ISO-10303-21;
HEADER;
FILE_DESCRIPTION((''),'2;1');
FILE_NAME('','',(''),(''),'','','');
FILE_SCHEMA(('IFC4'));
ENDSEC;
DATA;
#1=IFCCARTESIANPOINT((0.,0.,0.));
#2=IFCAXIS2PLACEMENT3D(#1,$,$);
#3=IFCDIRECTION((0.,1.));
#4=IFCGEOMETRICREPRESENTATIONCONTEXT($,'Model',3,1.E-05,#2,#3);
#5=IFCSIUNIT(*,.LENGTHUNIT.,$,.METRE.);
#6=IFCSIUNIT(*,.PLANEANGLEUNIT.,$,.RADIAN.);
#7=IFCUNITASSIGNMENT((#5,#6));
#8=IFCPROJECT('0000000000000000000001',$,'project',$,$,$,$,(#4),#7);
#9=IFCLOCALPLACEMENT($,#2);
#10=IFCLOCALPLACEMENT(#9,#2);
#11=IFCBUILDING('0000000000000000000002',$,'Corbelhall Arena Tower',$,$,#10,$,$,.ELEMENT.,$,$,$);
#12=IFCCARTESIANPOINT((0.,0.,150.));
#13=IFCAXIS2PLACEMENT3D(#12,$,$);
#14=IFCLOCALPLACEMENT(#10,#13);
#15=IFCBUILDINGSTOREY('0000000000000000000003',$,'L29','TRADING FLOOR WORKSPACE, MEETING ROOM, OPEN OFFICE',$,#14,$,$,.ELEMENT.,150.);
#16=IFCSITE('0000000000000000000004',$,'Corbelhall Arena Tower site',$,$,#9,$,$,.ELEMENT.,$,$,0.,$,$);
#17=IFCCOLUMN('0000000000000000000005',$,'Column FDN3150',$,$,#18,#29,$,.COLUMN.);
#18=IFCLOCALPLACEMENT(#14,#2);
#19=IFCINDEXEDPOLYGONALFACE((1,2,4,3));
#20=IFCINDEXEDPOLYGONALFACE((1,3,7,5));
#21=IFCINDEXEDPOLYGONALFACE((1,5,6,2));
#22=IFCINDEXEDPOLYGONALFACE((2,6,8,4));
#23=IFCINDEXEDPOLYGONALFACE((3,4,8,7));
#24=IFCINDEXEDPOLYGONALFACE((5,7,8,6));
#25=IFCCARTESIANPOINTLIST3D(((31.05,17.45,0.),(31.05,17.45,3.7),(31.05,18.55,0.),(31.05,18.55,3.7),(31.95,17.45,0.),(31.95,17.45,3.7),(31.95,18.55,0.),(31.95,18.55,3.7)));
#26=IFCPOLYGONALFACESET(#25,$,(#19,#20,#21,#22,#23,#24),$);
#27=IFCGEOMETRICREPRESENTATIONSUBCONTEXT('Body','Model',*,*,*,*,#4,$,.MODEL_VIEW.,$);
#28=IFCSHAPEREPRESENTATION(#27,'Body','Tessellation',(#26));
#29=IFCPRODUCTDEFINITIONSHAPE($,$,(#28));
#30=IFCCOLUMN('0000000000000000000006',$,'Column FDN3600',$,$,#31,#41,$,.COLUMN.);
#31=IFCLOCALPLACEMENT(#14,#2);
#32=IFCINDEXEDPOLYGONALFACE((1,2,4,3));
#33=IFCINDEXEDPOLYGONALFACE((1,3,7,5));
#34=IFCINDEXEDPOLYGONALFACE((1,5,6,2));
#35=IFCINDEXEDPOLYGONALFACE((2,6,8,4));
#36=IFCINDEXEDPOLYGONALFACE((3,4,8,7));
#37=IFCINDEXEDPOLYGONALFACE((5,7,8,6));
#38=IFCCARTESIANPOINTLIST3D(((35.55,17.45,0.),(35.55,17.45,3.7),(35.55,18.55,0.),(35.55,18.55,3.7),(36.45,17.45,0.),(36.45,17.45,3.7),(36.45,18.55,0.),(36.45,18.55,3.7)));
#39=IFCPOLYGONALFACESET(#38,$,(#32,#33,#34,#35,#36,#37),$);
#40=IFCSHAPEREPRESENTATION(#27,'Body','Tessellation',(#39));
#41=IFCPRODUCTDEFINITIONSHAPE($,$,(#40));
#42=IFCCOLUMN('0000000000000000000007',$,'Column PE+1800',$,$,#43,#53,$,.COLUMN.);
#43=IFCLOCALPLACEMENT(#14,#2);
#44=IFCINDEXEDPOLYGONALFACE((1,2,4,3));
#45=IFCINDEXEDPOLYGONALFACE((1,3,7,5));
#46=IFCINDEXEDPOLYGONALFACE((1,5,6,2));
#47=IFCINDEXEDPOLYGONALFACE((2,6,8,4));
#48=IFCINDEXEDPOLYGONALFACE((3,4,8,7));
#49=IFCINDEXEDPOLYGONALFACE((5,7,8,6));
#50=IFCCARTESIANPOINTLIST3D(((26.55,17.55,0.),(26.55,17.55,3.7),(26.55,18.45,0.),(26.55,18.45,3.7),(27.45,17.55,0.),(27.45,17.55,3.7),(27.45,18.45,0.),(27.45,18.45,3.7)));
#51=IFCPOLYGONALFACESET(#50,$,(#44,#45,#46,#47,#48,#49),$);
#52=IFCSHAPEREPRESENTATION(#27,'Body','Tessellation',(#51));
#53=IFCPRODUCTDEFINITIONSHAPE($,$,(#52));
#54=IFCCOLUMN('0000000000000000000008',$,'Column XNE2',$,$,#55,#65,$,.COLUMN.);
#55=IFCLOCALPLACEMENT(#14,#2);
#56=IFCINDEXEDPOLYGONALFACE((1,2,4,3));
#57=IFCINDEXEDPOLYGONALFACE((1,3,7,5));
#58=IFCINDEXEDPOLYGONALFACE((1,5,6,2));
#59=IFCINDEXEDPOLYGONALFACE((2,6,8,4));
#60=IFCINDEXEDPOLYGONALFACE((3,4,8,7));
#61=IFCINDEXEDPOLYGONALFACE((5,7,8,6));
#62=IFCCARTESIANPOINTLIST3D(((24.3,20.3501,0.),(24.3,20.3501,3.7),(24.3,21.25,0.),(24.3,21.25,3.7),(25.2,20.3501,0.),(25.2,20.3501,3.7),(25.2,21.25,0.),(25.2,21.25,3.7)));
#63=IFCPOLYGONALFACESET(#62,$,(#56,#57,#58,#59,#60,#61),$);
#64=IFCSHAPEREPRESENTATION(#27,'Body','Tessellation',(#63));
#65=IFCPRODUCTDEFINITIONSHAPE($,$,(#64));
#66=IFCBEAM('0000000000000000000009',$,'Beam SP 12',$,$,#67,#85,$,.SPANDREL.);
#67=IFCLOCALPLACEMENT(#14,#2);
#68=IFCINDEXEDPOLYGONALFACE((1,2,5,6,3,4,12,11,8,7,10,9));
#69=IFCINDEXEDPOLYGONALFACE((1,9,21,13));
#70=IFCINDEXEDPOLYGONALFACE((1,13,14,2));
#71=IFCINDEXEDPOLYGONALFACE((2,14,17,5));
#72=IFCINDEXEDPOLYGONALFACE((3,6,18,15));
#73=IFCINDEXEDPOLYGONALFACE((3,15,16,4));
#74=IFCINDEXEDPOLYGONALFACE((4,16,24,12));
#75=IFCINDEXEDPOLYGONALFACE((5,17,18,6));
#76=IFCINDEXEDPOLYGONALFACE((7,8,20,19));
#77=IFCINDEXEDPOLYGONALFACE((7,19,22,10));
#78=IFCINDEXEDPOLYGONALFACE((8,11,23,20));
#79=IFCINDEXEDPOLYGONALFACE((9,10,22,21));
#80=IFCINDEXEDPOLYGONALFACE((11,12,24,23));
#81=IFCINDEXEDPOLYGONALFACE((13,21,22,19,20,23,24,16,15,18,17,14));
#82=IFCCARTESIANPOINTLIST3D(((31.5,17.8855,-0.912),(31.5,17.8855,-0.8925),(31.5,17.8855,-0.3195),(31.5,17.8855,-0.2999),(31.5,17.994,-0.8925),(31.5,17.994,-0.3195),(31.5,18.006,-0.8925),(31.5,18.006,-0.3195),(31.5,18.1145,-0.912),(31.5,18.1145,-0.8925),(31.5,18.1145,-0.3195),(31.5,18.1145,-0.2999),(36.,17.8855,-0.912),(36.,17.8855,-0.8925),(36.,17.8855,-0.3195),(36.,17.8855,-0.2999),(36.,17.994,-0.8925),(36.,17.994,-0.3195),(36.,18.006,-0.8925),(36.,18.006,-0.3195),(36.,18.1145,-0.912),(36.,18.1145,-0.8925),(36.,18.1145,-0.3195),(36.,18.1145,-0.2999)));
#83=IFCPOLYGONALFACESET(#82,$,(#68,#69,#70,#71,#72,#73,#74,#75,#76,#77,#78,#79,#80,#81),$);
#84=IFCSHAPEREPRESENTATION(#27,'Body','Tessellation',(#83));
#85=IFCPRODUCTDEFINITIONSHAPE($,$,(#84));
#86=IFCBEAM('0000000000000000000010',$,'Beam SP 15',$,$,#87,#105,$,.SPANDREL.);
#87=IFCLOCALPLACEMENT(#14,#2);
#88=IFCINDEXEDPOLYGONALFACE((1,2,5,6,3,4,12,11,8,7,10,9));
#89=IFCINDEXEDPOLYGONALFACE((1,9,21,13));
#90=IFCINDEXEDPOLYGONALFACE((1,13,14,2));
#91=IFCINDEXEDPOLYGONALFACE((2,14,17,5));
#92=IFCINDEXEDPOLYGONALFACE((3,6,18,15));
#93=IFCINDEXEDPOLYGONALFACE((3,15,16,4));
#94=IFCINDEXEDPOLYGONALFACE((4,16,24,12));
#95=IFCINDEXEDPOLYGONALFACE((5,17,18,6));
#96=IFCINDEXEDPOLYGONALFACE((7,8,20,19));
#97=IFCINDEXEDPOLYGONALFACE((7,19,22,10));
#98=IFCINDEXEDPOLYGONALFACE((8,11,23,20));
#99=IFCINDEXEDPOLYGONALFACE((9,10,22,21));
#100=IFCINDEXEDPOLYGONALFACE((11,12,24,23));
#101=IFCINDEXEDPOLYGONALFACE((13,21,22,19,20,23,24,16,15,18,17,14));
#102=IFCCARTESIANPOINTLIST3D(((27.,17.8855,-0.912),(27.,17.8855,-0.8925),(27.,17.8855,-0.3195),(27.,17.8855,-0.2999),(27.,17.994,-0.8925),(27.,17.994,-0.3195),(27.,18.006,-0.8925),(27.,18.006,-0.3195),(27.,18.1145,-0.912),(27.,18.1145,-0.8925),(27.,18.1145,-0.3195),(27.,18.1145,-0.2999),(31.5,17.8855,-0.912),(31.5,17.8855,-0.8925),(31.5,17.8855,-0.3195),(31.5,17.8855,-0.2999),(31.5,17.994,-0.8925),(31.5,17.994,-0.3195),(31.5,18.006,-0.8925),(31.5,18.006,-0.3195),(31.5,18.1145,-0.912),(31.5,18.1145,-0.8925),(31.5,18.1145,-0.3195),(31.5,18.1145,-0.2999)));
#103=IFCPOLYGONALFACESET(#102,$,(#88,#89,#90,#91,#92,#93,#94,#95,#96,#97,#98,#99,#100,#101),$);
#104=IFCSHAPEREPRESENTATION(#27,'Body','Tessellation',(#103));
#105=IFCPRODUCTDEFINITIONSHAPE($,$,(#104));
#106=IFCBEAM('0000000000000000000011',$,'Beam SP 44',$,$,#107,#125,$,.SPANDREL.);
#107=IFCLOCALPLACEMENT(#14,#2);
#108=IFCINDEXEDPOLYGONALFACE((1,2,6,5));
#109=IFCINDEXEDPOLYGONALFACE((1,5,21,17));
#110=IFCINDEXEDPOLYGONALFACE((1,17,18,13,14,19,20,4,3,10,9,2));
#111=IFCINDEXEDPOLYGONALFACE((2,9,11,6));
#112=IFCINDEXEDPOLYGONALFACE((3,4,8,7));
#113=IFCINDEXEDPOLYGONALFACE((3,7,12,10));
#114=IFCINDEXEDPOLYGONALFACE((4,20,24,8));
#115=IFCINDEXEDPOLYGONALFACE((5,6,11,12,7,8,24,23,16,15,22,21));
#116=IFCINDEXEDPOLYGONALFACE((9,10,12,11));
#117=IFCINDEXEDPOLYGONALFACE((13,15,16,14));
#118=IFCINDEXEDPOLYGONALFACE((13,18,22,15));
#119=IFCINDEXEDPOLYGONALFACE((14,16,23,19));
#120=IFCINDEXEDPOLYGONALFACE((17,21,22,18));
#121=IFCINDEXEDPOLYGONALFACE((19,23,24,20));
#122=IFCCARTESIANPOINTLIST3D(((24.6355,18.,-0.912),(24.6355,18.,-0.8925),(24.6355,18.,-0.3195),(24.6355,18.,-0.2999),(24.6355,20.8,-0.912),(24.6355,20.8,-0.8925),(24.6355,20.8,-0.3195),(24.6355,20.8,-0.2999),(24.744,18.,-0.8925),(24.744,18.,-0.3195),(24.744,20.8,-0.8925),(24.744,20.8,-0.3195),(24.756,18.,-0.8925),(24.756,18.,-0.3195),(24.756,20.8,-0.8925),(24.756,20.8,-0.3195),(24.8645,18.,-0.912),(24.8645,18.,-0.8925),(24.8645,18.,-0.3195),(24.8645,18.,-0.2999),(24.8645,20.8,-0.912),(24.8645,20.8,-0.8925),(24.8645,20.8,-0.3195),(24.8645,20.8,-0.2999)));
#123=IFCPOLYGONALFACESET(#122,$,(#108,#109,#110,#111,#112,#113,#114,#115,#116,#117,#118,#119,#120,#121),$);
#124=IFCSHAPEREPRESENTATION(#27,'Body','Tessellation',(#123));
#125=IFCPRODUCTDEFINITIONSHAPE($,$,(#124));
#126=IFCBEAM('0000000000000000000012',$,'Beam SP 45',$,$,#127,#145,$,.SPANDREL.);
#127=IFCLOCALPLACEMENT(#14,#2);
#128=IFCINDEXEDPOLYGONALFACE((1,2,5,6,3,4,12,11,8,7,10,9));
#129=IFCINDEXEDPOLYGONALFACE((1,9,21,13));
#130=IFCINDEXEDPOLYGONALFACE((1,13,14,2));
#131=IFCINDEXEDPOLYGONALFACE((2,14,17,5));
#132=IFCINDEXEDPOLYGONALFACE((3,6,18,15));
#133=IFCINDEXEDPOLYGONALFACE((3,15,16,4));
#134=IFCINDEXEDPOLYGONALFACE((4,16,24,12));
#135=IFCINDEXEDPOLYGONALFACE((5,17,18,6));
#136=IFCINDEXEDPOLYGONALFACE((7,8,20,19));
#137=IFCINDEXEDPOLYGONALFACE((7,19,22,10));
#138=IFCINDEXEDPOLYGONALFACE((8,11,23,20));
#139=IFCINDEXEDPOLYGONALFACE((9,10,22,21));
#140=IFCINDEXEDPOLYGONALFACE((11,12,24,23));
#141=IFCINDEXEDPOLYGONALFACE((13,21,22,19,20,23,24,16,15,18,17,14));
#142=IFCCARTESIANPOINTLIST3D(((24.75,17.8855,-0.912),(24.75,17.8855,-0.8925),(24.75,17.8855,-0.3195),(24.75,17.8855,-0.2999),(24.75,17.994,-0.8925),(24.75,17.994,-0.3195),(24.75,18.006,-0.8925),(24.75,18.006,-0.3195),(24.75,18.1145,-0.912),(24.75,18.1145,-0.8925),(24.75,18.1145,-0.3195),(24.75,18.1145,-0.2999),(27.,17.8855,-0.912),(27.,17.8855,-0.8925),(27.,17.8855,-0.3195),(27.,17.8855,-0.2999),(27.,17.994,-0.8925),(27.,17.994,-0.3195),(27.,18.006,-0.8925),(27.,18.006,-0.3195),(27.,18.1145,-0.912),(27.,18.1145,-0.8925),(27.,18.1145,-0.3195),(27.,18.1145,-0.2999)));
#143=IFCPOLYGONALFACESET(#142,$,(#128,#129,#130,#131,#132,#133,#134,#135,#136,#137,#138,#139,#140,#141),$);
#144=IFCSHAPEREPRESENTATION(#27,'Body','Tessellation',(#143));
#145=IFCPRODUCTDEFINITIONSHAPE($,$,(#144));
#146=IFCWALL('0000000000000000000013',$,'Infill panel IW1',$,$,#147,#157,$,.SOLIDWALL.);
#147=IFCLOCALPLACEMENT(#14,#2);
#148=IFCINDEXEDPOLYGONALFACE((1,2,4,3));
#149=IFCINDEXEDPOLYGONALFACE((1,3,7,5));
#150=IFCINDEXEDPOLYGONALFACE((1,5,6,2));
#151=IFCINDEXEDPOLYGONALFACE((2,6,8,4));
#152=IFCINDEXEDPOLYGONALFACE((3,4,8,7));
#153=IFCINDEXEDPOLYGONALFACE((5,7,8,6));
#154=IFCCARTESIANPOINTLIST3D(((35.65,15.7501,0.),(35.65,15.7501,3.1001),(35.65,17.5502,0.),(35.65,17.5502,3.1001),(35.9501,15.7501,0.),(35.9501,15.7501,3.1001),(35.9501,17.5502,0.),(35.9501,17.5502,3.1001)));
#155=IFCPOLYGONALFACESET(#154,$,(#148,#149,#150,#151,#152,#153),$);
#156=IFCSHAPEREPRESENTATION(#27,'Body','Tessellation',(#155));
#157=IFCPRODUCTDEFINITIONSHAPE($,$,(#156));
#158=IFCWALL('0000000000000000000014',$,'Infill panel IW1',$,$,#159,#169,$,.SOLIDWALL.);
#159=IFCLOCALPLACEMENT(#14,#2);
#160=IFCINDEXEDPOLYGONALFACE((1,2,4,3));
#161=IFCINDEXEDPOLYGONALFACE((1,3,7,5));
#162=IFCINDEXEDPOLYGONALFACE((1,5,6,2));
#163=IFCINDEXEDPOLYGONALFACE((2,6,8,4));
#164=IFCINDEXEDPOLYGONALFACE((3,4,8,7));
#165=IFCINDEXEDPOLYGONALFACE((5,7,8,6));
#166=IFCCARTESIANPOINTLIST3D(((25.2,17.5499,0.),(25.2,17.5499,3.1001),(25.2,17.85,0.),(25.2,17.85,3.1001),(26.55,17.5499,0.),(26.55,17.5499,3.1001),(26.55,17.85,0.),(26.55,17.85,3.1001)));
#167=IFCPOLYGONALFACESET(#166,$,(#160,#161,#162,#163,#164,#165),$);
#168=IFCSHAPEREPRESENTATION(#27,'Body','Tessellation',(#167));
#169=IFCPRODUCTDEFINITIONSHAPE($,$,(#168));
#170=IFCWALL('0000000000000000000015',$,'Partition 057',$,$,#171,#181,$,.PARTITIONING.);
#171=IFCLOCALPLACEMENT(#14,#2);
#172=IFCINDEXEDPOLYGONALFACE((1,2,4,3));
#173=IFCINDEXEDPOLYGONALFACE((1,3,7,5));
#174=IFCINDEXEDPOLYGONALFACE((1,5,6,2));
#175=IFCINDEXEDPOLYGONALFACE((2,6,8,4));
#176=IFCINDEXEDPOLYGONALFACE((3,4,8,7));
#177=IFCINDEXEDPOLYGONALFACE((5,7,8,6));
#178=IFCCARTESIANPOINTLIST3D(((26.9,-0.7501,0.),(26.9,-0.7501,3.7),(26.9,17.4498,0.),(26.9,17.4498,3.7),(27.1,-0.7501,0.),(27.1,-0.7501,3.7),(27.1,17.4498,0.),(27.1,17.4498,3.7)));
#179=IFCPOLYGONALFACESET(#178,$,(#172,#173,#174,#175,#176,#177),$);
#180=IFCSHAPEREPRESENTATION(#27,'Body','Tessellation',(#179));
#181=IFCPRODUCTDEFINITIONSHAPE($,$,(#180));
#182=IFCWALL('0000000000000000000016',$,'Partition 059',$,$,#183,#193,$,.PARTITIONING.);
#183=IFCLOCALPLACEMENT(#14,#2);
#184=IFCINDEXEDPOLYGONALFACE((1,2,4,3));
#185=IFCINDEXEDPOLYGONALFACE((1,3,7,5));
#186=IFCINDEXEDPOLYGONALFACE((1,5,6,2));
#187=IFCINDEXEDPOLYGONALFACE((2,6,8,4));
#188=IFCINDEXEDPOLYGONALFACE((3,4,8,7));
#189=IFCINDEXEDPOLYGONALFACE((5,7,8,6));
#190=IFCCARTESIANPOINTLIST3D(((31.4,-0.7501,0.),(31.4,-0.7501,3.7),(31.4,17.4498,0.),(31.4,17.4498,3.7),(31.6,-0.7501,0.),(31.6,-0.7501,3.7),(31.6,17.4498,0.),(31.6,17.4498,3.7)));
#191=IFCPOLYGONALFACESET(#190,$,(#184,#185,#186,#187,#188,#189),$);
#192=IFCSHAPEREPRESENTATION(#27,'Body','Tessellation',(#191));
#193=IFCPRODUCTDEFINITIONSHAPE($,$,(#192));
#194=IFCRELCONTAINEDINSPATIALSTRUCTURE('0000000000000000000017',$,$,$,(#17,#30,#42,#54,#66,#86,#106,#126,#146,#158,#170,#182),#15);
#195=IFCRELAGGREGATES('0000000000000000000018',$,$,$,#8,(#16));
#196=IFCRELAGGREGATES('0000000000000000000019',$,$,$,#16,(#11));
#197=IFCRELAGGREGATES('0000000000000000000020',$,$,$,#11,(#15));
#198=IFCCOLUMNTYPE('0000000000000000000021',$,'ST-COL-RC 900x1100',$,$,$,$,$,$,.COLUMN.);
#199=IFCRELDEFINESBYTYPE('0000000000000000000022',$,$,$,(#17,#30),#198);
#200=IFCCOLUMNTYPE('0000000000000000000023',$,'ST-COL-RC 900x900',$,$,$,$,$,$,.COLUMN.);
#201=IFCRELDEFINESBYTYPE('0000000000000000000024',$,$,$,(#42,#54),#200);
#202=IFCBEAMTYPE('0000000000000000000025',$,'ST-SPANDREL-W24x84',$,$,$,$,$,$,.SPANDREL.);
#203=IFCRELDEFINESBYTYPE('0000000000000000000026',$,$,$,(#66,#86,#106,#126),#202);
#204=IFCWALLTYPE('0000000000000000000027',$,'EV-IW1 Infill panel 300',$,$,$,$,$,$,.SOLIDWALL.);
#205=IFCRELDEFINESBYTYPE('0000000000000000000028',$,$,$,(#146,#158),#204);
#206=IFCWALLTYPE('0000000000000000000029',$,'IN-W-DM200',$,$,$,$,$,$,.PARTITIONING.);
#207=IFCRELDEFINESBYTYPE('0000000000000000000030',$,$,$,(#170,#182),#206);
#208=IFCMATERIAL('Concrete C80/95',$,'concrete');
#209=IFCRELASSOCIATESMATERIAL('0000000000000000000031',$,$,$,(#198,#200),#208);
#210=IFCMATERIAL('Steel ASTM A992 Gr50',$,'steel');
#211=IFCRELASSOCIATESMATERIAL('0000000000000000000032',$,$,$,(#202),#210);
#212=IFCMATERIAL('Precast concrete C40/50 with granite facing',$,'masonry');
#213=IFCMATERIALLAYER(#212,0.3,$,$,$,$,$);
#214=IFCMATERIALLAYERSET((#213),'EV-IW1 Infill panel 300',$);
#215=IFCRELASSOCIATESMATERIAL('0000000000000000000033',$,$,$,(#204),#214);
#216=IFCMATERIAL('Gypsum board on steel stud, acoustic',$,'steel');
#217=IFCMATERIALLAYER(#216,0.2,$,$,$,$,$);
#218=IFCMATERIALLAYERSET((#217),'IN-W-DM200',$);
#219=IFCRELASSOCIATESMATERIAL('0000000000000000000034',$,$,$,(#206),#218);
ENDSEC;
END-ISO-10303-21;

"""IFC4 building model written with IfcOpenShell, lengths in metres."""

from ifc_helpers import new_model, si_unit, direction, frame, frame_2d, origin, origin_2d, place, context, subcontext, project, spatial, rectangle, i_section, extrude, material, layer, layer_set, material_profile, profile_set, type_object, element, save


model = new_model("IFC4")

# Units and contexts
model_context = context("Model", 3, precision=1e-05, world=origin(), true_north=direction((0.0, 1.0)))
body_context = subcontext(model_context, "Body", "Model", "MODEL_VIEW")
ifc_project = project(units=[si_unit("LENGTHUNIT", "METRE"), si_unit("PLANEANGLEUNIT", "RADIAN")], contexts=[model_context])

# Site, building, storey
site_placement = place(None, origin())
site = spatial("IfcSite", under=ifc_project, at=site_placement, Name="Corbelhall Arena Tower site", CompositionType="ELEMENT", RefElevation=0.0)
building_placement = place(site_placement, origin())
building = spatial("IfcBuilding", under=site, at=building_placement, Name="Corbelhall Arena Tower", CompositionType="ELEMENT")
storey_placement = place(building_placement, frame((0.0, 0.0, 150.0)))
storey = spatial("IfcBuildingStorey", under=building, at=storey_placement, Name="L29", Description="TRADING FLOOR WORKSPACE, MEETING ROOM, OPEN OFFICE", CompositionType="ELEMENT", Elevation=150.0)

# Columns
ifc_material_1 = material(Name="Concrete C80/95", Category="concrete")
ifc_material_profile_1 = material_profile(ifc_material_1, rectangle(XDim=0.8999, YDim=1.1001, at=origin_2d()))
ifc_profile_set_1 = profile_set([ifc_material_profile_1], Name="Concrete C80/95")
column_type_1 = type_object("IfcColumnType", Name="ST-COL-RC 900x1100", PredefinedType="COLUMN", material=ifc_profile_set_1)
for number, where, z_axis, x_axis, name in (
    (1, (31.5, 18.0, 0.0), (0.0, 0.0, 1.0), (1.0, 0.0, 0.0), "Column FDN3150"),
    (2, (36.0, 18.0, 0.0), (0.0, 0.0, 1.0), (1.0, 0.0, 0.0), "Column FDN3600"),
):
    element("IfcColumn", number, at=place(storey_placement, frame(where, z_axis=z_axis, x_axis=x_axis)), inside=storey, type_object=column_type_1, Name=name, PredefinedType="COLUMN", context=body_context, shape_type="SweptSolid", body=[
        extrude(rectangle(XDim=0.8999, YDim=1.1001, at=origin_2d()), origin(), (0.0, 0.0, 1.0), 3.7),
    ])
ifc_material_profile_2 = material_profile(ifc_material_1, rectangle(XDim=0.8999, YDim=0.8999, at=origin_2d()))
ifc_profile_set_2 = profile_set([ifc_material_profile_2], Name="Concrete C80/95")
column_type_2 = type_object("IfcColumnType", Name="ST-COL-RC 900x900", PredefinedType="COLUMN", material=ifc_profile_set_2)
for number, where, z_axis, x_axis, name in (
    (3, (27.0, 18.0, 0.0), (0.0, 0.0, 1.0), (1.0, 0.0, 0.0), "Column PE+1800"),
    (4, (24.75, 20.8, 0.0), (0.0, 0.0, 1.0), (1.0, 0.0, 0.0), "Column XNE2"),
):
    element("IfcColumn", number, at=place(storey_placement, frame(where, z_axis=z_axis, x_axis=x_axis)), inside=storey, type_object=column_type_2, Name=name, PredefinedType="COLUMN", context=body_context, shape_type="SweptSolid", body=[
        extrude(rectangle(XDim=0.8999, YDim=0.8999, at=origin_2d()), origin(), (0.0, 0.0, 1.0), 3.7),
    ])

# Beams
ifc_material_2 = material(Name="Steel ASTM A992 Gr50", Category="steel")
ifc_material_profile_3 = material_profile(ifc_material_2, i_section(OverallWidth=0.229, OverallDepth=0.6121, WebThickness=0.012, FlangeThickness=0.0195, at=origin_2d()))
ifc_profile_set_3 = profile_set([ifc_material_profile_3], Name="Steel ASTM A992 Gr50")
beam_type = type_object("IfcBeamType", Name="ST-SPANDREL-W24x84", PredefinedType="SPANDREL", material=ifc_profile_set_3)
for number, where, z_axis, x_axis, name in (
    (5, (31.5, 18.0, -0.606), (1.0, 0.0, 0.0), (0.0, 1.0, 0.0), "Beam SP 12"),
    (6, (27.0, 18.0, -0.606), (1.0, 0.0, 0.0), (0.0, 1.0, 0.0), "Beam SP 15"),
):
    element("IfcBeam", number, at=place(storey_placement, frame(where, z_axis=z_axis, x_axis=x_axis)), inside=storey, type_object=beam_type, Name=name, PredefinedType="SPANDREL", context=body_context, shape_type="SweptSolid", body=[
        extrude(i_section(OverallWidth=0.229, OverallDepth=0.6121, WebThickness=0.012, FlangeThickness=0.0195, at=origin_2d()), origin(), (0.0, 0.0, 1.0), 4.5),
    ])
beam_1_placement = place(storey_placement, frame((24.75, 20.8, -0.606), z_axis=(0.0, -1.0, 0.0), x_axis=(1.0, 0.0, 0.0)))
element("IfcBeam", 7, at=beam_1_placement, inside=storey, type_object=beam_type, Name="Beam SP 44", PredefinedType="SPANDREL", context=body_context, shape_type="SweptSolid", body=[
    extrude(i_section(OverallWidth=0.229, OverallDepth=0.6121, WebThickness=0.012, FlangeThickness=0.0195, at=origin_2d()), origin(), (0.0, 0.0, 1.0), 2.8),
])
beam_2_placement = place(storey_placement, frame((24.75, 18.0, -0.606), z_axis=(1.0, 0.0, 0.0), x_axis=(0.0, 1.0, 0.0)))
element("IfcBeam", 8, at=beam_2_placement, inside=storey, type_object=beam_type, Name="Beam SP 45", PredefinedType="SPANDREL", context=body_context, shape_type="SweptSolid", body=[
    extrude(i_section(OverallWidth=0.229, OverallDepth=0.6121, WebThickness=0.012, FlangeThickness=0.0195, at=origin_2d()), origin(), (0.0, 0.0, 1.0), 2.25),
])

# Wall
ifc_material_3 = material(Name="Precast concrete C40/50 with granite facing", Category="masonry")
ifc_layer_1 = layer(ifc_material_3, 0.3)
ifc_layer_set_1 = layer_set([ifc_layer_1], Name="EV-IW1 Infill panel 300")
wall_type_1 = type_object("IfcWallType", Name="EV-IW1 Infill panel 300", PredefinedType="SOLIDWALL", material=ifc_layer_set_1)
wall_1_placement = place(storey_placement, frame((35.8, 17.55, 0.0), z_axis=(0.0, 0.0, 1.0), x_axis=(0.0, -1.0, 0.0)))
element("IfcWall", 9, at=wall_1_placement, inside=storey, type_object=wall_type_1, Name="Infill panel IW1", PredefinedType="SOLIDWALL", context=body_context, shape_type="SweptSolid", body=[
    extrude(rectangle(XDim=1.8, YDim=0.3, at=frame_2d((0.8999, 0.0))), origin(), (0.0, 0.0, 1.0), 3.1001),
])

# Walls
wall_2_placement = place(storey_placement, frame((26.55, 17.7, 0.0), z_axis=(0.0, 0.0, 1.0), x_axis=(-1.0, 0.0, 0.0)))
element("IfcWall", 10, at=wall_2_placement, inside=storey, type_object=wall_type_1, Name="Infill panel IW1", PredefinedType="SOLIDWALL", context=body_context, shape_type="SweptSolid", body=[
    extrude(rectangle(XDim=1.3501, YDim=0.3, at=frame_2d((0.675, 0.0))), origin(), (0.0, 0.0, 1.0), 3.1001),
])
ifc_material_4 = material(Name="Gypsum board on steel stud, acoustic", Category="steel")
ifc_layer_2 = layer(ifc_material_4, 0.2)
ifc_layer_set_2 = layer_set([ifc_layer_2], Name="IN-W-DM200")
wall_type_2 = type_object("IfcWallType", Name="IN-W-DM200", PredefinedType="PARTITIONING", material=ifc_layer_set_2)
for number, where, z_axis, x_axis, name in (
    (11, (27.0, 17.45, 0.0), (0.0, 0.0, 1.0), (0.0, -1.0, 0.0), "Partition 057"),
    (12, (31.5, 17.45, 0.0), (0.0, 0.0, 1.0), (0.0, -1.0, 0.0), "Partition 059"),
):
    element("IfcWall", number, at=place(storey_placement, frame(where, z_axis=z_axis, x_axis=x_axis)), inside=storey, type_object=wall_type_2, Name=name, PredefinedType="PARTITIONING", context=body_context, shape_type="SweptSolid", body=[
        extrude(rectangle(XDim=18.2, YDim=0.2, at=frame_2d((9.1001, 0.0))), origin(), (0.0, 0.0, 1.0), 3.7),
    ])

save(model, "model.ifc")
